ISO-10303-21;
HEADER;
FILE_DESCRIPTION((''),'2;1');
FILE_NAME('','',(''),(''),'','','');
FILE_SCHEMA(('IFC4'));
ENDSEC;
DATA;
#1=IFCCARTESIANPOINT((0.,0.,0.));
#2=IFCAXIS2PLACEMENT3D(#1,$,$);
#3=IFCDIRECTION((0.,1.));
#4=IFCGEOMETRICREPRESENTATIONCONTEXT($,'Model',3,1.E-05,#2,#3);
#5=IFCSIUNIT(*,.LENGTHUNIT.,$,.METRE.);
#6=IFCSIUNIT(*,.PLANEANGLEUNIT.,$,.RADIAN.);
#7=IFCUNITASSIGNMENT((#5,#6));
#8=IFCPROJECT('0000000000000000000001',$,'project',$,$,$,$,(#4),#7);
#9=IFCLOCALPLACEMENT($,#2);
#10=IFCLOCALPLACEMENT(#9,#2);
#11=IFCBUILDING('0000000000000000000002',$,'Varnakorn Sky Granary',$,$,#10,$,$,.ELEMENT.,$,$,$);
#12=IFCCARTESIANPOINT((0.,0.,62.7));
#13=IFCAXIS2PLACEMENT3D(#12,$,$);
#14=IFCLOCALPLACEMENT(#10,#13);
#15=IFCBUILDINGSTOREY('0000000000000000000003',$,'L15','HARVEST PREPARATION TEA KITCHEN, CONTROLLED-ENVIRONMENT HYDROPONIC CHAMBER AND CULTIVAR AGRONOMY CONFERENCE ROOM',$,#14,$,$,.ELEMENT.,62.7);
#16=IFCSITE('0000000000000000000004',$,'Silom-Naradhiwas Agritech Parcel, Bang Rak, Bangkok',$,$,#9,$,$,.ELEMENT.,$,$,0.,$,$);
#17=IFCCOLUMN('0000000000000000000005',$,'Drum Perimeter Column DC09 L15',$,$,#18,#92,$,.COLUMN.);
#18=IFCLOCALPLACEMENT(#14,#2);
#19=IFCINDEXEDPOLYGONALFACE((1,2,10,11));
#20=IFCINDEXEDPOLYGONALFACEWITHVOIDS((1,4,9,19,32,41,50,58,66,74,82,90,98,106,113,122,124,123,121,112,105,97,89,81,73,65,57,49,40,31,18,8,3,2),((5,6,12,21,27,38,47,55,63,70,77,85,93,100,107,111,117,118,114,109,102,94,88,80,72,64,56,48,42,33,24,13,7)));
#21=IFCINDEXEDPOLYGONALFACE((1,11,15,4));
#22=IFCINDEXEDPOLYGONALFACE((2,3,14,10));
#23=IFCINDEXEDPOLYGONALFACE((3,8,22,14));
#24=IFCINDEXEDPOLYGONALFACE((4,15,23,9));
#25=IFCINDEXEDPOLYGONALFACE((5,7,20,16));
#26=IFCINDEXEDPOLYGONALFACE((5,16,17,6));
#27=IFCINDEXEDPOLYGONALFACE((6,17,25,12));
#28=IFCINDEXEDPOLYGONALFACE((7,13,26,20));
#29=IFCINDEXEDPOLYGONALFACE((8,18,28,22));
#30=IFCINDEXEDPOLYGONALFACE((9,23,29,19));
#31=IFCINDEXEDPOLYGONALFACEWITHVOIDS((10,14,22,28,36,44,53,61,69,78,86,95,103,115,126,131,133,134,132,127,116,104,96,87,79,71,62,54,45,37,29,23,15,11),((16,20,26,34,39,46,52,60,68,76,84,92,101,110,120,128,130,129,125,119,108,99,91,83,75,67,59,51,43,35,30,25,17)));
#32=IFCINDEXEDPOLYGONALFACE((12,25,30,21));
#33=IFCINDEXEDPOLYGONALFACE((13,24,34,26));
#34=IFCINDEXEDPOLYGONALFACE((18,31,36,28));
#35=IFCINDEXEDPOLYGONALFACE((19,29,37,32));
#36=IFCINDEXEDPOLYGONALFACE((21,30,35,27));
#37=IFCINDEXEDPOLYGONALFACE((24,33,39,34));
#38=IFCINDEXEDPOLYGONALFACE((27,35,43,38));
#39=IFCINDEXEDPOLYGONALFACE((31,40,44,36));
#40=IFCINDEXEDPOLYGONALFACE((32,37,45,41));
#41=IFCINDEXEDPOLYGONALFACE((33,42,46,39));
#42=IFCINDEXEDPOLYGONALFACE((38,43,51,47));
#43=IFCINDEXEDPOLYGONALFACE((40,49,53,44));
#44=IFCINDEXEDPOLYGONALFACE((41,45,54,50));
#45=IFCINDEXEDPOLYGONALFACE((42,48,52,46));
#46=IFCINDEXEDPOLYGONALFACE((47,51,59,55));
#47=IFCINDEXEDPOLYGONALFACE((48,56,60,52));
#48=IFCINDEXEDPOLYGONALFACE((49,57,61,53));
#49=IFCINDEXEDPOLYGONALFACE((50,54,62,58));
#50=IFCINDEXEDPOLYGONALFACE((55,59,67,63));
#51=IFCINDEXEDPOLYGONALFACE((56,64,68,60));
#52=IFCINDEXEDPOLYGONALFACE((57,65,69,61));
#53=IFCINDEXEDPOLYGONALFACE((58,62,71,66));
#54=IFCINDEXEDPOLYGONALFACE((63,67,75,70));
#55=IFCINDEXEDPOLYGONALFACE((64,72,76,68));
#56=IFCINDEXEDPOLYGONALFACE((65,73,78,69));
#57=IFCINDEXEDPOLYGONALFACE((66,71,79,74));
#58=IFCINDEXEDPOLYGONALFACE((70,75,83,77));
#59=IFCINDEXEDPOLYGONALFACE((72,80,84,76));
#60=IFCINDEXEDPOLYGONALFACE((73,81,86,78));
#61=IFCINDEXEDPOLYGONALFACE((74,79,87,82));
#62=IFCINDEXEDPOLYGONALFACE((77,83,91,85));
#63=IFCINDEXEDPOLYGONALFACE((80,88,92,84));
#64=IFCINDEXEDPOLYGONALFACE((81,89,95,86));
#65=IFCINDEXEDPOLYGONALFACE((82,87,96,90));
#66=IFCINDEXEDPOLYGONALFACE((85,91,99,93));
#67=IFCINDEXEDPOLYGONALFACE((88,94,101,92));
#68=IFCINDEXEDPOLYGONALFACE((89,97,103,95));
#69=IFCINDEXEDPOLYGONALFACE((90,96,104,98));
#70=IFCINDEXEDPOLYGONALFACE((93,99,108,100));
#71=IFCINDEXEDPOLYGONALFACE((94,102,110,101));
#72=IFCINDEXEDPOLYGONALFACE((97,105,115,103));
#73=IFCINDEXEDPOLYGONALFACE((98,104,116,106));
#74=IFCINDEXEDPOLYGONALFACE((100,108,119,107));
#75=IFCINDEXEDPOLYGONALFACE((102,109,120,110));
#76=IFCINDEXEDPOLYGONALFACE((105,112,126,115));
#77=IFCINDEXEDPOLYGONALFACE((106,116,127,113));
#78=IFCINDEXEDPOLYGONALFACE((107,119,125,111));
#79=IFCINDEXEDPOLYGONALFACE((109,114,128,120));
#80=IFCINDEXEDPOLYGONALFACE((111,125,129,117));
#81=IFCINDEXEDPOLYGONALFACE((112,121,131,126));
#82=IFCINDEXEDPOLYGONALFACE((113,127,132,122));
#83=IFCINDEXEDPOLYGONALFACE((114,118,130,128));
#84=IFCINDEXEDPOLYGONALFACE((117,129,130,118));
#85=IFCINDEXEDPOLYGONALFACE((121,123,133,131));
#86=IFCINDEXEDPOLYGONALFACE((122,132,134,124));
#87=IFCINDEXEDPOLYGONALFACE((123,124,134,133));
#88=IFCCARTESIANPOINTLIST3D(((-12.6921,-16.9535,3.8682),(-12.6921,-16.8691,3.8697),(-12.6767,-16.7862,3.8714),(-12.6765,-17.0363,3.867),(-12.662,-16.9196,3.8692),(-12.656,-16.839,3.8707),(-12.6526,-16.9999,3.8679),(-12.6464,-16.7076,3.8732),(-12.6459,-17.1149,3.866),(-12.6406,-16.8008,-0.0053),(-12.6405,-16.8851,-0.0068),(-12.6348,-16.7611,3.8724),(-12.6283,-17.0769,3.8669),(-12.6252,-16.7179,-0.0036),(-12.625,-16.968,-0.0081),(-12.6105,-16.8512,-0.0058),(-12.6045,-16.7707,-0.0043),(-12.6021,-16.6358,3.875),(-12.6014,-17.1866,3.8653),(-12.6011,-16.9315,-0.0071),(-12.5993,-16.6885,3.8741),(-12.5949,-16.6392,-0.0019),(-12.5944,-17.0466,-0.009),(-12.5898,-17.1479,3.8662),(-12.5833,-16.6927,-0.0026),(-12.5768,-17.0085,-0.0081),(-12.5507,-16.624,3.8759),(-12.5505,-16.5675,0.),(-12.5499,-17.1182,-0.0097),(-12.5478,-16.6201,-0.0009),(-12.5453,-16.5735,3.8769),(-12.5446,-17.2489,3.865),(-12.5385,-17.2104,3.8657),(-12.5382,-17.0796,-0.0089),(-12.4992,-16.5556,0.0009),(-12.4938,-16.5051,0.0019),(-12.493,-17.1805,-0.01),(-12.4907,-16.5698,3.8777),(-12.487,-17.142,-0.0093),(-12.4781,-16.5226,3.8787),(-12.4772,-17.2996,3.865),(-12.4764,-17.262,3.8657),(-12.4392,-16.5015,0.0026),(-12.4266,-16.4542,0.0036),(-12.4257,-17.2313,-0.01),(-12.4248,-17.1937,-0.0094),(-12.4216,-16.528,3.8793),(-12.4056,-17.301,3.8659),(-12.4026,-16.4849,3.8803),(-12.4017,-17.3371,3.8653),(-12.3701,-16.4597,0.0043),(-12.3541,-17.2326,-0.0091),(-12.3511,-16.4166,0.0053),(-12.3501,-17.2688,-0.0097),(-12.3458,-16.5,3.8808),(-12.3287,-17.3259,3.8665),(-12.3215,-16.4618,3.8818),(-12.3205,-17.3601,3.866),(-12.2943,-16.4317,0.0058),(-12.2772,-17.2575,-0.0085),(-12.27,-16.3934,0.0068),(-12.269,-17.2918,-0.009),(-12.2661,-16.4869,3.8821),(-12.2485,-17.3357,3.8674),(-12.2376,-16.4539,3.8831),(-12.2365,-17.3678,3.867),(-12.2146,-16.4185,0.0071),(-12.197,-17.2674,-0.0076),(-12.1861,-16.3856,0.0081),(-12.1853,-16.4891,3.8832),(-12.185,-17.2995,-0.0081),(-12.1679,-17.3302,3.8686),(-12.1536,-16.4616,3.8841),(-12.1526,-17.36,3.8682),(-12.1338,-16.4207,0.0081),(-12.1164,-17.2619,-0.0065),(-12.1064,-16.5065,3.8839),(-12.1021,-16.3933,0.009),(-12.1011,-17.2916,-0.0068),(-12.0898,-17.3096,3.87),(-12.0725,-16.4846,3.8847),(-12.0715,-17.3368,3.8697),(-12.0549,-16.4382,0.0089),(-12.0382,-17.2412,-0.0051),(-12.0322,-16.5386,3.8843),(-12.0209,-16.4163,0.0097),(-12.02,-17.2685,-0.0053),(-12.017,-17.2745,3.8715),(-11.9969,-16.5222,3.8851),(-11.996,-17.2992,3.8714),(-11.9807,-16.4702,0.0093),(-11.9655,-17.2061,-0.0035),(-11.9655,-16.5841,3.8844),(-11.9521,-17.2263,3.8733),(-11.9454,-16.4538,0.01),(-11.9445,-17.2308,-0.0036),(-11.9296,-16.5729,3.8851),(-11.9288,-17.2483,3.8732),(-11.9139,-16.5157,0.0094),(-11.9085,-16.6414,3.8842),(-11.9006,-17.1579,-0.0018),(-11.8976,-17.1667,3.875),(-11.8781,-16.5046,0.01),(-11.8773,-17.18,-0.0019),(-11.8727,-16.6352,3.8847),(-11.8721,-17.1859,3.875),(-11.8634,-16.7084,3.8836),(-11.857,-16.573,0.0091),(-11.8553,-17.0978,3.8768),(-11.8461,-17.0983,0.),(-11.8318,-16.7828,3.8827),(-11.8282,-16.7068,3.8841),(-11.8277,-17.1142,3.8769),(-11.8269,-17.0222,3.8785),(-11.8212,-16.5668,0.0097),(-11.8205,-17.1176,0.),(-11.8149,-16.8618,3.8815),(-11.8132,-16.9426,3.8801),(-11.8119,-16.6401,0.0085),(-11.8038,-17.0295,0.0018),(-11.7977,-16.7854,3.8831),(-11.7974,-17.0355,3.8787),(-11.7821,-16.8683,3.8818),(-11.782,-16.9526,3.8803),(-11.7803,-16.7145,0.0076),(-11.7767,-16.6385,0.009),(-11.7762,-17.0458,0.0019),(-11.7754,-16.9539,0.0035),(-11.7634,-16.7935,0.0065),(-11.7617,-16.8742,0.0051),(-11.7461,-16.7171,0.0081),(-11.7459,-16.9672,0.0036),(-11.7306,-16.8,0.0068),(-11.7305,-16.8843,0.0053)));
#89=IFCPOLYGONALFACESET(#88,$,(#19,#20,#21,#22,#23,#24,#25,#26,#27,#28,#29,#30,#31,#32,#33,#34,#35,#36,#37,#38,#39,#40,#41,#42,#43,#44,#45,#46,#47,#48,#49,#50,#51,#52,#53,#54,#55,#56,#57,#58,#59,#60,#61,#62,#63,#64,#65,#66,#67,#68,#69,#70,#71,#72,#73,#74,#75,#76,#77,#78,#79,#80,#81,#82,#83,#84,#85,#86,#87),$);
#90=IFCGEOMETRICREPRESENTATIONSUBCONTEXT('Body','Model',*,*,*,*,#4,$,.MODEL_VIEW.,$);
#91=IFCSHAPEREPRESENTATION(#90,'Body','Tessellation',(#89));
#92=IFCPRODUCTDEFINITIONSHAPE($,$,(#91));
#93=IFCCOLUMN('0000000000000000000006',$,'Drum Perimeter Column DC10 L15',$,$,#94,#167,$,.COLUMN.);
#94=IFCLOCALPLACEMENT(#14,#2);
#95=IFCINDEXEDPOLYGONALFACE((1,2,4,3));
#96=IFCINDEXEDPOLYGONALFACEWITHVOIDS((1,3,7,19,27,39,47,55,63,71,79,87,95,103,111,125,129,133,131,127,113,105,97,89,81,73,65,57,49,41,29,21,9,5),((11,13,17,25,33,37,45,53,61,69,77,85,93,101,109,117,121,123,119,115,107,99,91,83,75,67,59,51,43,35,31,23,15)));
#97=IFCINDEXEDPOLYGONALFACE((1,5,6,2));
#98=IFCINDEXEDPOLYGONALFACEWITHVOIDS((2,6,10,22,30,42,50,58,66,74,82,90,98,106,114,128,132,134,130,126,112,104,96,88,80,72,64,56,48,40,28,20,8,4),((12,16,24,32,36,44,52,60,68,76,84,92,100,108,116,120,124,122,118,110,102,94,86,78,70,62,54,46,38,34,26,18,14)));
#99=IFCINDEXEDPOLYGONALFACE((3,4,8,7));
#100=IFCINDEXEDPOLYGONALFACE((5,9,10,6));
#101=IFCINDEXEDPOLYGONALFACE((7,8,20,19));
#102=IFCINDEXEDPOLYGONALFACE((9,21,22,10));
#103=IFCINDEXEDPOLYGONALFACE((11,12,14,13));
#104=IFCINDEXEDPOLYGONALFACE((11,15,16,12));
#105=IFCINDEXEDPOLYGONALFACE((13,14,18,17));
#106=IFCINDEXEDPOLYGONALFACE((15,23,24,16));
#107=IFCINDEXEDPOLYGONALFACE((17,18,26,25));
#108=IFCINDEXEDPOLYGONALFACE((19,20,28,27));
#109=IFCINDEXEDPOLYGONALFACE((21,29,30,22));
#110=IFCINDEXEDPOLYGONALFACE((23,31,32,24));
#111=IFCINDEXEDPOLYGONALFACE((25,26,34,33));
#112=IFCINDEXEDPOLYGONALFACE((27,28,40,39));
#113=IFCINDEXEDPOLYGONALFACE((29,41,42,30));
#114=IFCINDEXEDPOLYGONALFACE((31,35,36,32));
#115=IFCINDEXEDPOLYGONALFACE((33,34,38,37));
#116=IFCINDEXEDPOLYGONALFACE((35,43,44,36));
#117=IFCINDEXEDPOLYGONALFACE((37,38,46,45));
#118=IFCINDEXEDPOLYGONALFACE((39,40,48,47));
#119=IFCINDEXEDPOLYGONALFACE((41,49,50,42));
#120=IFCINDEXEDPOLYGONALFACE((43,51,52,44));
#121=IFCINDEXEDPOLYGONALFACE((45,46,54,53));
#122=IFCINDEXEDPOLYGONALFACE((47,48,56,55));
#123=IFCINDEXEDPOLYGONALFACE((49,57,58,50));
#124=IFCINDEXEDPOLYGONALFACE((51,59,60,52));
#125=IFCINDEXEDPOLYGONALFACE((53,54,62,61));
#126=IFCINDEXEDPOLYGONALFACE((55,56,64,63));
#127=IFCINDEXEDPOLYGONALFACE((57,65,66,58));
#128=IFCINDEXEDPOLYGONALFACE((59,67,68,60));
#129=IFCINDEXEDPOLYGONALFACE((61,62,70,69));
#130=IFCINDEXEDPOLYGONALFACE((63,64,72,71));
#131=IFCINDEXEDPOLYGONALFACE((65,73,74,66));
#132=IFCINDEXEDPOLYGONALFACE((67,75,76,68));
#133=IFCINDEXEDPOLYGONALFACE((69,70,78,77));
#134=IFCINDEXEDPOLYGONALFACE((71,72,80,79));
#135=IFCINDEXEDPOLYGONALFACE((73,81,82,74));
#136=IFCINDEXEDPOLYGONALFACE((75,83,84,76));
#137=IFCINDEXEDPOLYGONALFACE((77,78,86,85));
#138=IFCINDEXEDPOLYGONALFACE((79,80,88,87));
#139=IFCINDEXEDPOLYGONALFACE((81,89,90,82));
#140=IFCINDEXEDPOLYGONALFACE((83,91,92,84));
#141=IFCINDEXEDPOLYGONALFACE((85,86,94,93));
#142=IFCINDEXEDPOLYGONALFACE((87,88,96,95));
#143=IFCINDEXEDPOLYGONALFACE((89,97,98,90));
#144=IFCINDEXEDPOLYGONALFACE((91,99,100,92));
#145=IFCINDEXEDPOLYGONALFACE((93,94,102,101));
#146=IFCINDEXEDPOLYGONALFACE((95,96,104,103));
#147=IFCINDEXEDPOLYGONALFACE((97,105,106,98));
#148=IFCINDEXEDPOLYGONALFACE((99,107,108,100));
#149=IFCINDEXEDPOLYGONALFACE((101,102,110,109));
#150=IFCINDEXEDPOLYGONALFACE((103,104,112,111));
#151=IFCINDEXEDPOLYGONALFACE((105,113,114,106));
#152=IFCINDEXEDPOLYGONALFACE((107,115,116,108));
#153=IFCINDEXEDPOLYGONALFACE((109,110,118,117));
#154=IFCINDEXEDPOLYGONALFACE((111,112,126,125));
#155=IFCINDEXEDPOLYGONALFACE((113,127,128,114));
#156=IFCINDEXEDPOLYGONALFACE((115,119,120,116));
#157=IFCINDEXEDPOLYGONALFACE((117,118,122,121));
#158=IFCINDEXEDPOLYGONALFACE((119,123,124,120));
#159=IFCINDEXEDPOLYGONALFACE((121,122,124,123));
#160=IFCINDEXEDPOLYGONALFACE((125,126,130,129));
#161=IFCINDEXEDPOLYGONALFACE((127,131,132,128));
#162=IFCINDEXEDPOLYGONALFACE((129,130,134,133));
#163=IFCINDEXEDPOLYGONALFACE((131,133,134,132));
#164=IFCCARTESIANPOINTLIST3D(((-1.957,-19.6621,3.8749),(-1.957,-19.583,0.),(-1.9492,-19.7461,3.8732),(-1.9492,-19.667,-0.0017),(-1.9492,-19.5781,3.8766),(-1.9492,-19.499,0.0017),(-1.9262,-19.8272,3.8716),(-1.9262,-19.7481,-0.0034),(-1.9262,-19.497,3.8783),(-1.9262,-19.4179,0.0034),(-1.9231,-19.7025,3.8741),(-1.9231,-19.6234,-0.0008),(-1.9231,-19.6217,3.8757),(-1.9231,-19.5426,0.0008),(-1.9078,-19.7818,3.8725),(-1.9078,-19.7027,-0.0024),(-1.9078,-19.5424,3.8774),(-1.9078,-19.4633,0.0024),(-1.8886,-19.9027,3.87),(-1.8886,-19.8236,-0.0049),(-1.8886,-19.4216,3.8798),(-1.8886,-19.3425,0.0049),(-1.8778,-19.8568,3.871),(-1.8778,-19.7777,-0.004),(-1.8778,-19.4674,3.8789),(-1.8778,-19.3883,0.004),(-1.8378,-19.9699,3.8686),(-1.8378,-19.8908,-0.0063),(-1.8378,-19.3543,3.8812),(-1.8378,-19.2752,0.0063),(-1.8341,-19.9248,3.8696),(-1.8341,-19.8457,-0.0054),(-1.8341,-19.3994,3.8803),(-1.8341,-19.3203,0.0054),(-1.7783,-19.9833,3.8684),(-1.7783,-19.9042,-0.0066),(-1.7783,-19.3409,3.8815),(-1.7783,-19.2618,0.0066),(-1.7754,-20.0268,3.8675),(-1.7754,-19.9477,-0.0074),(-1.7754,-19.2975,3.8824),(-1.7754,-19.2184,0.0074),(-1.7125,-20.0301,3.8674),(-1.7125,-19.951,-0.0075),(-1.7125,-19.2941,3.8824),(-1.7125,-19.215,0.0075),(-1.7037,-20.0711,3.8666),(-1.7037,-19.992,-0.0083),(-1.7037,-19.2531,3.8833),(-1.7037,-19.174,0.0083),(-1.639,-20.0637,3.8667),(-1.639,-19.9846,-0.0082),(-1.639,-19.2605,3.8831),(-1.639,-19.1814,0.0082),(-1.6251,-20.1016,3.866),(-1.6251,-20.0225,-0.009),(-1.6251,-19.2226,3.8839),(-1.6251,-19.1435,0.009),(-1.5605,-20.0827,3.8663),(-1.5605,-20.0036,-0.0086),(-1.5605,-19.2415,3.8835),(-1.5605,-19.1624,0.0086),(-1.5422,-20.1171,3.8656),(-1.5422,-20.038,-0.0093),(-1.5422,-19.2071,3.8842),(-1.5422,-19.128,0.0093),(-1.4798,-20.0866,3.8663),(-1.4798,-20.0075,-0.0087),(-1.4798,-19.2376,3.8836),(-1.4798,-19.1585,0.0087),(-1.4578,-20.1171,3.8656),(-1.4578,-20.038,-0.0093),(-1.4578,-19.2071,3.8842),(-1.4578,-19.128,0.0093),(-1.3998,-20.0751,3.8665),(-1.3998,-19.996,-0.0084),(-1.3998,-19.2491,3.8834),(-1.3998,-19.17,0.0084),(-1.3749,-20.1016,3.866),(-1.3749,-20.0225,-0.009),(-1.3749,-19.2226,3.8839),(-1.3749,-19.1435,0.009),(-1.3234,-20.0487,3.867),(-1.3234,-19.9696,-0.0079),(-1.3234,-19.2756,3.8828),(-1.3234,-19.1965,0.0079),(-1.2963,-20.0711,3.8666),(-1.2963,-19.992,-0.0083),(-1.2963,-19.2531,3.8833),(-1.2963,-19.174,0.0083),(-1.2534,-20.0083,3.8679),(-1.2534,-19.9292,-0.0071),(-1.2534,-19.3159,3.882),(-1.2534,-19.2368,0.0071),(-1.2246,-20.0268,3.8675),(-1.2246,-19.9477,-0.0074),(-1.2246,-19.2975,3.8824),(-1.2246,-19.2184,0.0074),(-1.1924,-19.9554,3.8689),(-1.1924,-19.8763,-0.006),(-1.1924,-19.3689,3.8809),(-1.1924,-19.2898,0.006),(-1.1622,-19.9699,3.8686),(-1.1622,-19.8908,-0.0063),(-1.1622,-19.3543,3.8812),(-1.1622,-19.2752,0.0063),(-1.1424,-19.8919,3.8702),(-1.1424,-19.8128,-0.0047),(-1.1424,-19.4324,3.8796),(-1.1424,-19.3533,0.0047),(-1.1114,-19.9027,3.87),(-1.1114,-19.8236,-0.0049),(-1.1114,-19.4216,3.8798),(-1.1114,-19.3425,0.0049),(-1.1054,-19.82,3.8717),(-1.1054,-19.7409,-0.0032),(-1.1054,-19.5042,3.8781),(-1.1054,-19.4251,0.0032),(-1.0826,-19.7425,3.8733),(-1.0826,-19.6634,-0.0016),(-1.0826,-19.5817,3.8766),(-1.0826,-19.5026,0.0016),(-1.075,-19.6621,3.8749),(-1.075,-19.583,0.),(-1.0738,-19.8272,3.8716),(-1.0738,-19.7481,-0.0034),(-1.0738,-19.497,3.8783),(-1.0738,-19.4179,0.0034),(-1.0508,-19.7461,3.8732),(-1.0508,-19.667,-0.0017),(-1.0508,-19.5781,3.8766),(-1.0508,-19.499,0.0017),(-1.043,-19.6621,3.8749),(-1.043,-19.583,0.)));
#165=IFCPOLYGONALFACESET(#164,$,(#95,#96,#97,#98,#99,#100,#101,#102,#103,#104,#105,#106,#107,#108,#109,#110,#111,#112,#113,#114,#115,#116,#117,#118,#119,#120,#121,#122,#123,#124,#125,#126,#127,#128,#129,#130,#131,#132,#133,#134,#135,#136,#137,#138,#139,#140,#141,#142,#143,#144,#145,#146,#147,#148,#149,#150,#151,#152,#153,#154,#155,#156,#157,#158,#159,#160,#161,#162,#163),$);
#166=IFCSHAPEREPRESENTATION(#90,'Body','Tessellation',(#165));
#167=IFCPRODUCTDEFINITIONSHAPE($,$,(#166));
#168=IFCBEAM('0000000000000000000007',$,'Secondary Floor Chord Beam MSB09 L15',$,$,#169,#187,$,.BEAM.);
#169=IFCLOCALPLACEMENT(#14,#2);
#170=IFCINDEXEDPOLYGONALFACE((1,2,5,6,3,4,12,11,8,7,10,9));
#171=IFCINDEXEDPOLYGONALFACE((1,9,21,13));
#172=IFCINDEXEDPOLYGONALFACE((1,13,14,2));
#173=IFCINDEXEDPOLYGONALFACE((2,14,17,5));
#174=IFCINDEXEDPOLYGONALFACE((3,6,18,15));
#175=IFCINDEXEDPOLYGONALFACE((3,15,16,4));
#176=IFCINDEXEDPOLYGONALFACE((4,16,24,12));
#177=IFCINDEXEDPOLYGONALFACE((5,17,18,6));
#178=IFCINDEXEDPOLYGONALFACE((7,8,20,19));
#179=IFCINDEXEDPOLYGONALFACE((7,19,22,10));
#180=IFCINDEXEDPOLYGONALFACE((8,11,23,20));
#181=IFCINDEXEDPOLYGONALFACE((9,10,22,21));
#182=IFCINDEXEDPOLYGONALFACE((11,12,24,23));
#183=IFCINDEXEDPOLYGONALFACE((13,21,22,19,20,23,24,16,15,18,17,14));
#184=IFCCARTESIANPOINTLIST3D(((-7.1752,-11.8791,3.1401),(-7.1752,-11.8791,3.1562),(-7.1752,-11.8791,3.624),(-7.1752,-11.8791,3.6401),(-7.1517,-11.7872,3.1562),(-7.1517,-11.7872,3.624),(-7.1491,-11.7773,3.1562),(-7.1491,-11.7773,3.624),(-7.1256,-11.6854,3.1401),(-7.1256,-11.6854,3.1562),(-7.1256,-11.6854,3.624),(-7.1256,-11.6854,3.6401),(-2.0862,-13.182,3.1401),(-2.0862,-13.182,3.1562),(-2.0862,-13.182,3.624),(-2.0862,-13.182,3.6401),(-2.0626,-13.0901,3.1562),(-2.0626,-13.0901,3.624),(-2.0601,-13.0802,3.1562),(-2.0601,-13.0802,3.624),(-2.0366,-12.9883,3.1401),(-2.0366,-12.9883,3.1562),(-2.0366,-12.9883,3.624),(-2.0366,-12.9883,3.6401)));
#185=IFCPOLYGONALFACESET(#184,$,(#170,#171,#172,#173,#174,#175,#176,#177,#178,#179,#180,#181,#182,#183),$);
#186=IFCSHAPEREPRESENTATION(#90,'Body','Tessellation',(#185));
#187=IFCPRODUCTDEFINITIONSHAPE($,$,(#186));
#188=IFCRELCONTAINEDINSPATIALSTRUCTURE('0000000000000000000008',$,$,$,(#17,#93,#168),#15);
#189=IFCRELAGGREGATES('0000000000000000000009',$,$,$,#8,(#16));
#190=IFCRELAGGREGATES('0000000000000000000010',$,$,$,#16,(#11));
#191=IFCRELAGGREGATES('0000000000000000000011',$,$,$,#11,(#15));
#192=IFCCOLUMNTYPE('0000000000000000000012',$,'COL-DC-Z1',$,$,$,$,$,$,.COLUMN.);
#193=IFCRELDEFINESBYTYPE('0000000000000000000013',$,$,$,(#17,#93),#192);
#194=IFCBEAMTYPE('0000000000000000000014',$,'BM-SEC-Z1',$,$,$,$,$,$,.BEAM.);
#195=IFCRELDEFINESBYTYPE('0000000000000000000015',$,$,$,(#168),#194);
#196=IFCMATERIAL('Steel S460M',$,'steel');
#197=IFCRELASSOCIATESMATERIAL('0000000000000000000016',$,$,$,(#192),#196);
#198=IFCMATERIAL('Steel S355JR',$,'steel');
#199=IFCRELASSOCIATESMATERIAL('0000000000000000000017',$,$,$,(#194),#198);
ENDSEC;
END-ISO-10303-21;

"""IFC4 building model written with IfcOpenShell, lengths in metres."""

from ifc_helpers import new_model, si_unit, direction, frame, origin, origin_2d, place, context, subcontext, project, spatial, hollow_circle, i_section, extrude, material, material_profile, profile_set, type_object, element, save


model = new_model("IFC4")

# Units and contexts
model_context = context("Model", 3, precision=1e-05, world=origin(), true_north=direction((0.0, 1.0)))
body_context = subcontext(model_context, "Body", "Model", "MODEL_VIEW")
ifc_project = project(units=[si_unit("LENGTHUNIT", "METRE"), si_unit("PLANEANGLEUNIT", "RADIAN")], contexts=[model_context])

# Site, building, storey
site_placement = place(None, origin())
site = spatial("IfcSite", under=ifc_project, at=site_placement, Name="Silom-Naradhiwas Agritech Parcel, Bang Rak, Bangkok", CompositionType="ELEMENT", RefElevation=0.0)
building_placement = place(site_placement, origin())
building = spatial("IfcBuilding", under=site, at=building_placement, Name="Varnakorn Sky Granary", CompositionType="ELEMENT")
storey_placement = place(building_placement, frame((0.0, 0.0, 62.7)))
storey = spatial("IfcBuildingStorey", under=building, at=storey_placement, Name="L15", Description="HARVEST PREPARATION TEA KITCHEN, CONTROLLED-ENVIRONMENT HYDROPONIC CHAMBER AND CULTIVAR AGRONOMY CONFERENCE ROOM", CompositionType="ELEMENT", Elevation=62.7)

# Columns
ifc_material_1 = material(Name="Steel S460M", Category="steel")
ifc_material_profile_1 = material_profile(ifc_material_1, hollow_circle(Radius=0.457, WallThickness=0.032, at=origin_2d()), Name="CHS 914x32")
ifc_profile_set_1 = profile_set([ifc_material_profile_1], Name="Steel S460M")
column_type = type_object("IfcColumnType", Name="COL-DC-Z1", PredefinedType="COLUMN", material=ifc_profile_set_1)
column_1_placement = place(storey_placement, frame((-12.1855, -16.8425, 0.0), z_axis=(-0.013291, -0.017637, 0.999756), x_axis=(0.798629, -0.601824, 0.0)))
element("IfcColumn", 1, at=column_1_placement, inside=storey, type_object=column_type, Name="Drum Perimeter Column DC09 L15", PredefinedType="COLUMN", context=body_context, shape_type="SweptSolid", body=[
    extrude(hollow_circle(Radius=0.457, WallThickness=0.032, at=origin_2d()), origin(), (0.0, 0.0, 1.0), 3.876),
])
column_2_placement = place(storey_placement, frame((-1.5, -19.583, 0.0), z_axis=(0.0, -0.020409, 0.999792), x_axis=(1.0, 0.0, 0.0)))
element("IfcColumn", 2, at=column_2_placement, inside=storey, type_object=column_type, Name="Drum Perimeter Column DC10 L15", PredefinedType="COLUMN", context=body_context, shape_type="SweptSolid", body=[
    extrude(hollow_circle(Radius=0.457, WallThickness=0.032, at=origin_2d()), origin(), (0.0, 0.0, 1.0), 3.8757),
])

# Beam
ifc_material_2 = material(Name="Steel S355JR", Category="steel")
ifc_material_profile_2 = material_profile(ifc_material_2, i_section(OverallWidth=0.2, OverallDepth=0.5, WebThickness=0.0103, FlangeThickness=0.0161, at=origin_2d()), Name="IPE 500")
ifc_profile_set_2 = profile_set([ifc_material_profile_2], Name="Steel S355JR")
beam_type_1 = type_object("IfcBeamType", Name="BM-SEC-Z1", PredefinedType="BEAM", material=ifc_profile_set_2)
beam_1_placement = place(storey_placement, frame((-7.1504, -11.7822, 3.3901), z_axis=(0.968752, -0.248032, 0.0), x_axis=(0.248032, 0.968752, 0.0)))
element("IfcBeam", 3, at=beam_1_placement, inside=storey, type_object=beam_type_1, Name="Secondary Floor Chord Beam MSB09 L15", PredefinedType="BEAM", context=body_context, shape_type="SweptSolid", body=[
    extrude(i_section(OverallWidth=0.2, OverallDepth=0.5, WebThickness=0.0103, FlangeThickness=0.0161, at=origin_2d()), origin(), (0.0, 0.0, 1.0), 5.2532),
])

save(model, "model.ifc")
